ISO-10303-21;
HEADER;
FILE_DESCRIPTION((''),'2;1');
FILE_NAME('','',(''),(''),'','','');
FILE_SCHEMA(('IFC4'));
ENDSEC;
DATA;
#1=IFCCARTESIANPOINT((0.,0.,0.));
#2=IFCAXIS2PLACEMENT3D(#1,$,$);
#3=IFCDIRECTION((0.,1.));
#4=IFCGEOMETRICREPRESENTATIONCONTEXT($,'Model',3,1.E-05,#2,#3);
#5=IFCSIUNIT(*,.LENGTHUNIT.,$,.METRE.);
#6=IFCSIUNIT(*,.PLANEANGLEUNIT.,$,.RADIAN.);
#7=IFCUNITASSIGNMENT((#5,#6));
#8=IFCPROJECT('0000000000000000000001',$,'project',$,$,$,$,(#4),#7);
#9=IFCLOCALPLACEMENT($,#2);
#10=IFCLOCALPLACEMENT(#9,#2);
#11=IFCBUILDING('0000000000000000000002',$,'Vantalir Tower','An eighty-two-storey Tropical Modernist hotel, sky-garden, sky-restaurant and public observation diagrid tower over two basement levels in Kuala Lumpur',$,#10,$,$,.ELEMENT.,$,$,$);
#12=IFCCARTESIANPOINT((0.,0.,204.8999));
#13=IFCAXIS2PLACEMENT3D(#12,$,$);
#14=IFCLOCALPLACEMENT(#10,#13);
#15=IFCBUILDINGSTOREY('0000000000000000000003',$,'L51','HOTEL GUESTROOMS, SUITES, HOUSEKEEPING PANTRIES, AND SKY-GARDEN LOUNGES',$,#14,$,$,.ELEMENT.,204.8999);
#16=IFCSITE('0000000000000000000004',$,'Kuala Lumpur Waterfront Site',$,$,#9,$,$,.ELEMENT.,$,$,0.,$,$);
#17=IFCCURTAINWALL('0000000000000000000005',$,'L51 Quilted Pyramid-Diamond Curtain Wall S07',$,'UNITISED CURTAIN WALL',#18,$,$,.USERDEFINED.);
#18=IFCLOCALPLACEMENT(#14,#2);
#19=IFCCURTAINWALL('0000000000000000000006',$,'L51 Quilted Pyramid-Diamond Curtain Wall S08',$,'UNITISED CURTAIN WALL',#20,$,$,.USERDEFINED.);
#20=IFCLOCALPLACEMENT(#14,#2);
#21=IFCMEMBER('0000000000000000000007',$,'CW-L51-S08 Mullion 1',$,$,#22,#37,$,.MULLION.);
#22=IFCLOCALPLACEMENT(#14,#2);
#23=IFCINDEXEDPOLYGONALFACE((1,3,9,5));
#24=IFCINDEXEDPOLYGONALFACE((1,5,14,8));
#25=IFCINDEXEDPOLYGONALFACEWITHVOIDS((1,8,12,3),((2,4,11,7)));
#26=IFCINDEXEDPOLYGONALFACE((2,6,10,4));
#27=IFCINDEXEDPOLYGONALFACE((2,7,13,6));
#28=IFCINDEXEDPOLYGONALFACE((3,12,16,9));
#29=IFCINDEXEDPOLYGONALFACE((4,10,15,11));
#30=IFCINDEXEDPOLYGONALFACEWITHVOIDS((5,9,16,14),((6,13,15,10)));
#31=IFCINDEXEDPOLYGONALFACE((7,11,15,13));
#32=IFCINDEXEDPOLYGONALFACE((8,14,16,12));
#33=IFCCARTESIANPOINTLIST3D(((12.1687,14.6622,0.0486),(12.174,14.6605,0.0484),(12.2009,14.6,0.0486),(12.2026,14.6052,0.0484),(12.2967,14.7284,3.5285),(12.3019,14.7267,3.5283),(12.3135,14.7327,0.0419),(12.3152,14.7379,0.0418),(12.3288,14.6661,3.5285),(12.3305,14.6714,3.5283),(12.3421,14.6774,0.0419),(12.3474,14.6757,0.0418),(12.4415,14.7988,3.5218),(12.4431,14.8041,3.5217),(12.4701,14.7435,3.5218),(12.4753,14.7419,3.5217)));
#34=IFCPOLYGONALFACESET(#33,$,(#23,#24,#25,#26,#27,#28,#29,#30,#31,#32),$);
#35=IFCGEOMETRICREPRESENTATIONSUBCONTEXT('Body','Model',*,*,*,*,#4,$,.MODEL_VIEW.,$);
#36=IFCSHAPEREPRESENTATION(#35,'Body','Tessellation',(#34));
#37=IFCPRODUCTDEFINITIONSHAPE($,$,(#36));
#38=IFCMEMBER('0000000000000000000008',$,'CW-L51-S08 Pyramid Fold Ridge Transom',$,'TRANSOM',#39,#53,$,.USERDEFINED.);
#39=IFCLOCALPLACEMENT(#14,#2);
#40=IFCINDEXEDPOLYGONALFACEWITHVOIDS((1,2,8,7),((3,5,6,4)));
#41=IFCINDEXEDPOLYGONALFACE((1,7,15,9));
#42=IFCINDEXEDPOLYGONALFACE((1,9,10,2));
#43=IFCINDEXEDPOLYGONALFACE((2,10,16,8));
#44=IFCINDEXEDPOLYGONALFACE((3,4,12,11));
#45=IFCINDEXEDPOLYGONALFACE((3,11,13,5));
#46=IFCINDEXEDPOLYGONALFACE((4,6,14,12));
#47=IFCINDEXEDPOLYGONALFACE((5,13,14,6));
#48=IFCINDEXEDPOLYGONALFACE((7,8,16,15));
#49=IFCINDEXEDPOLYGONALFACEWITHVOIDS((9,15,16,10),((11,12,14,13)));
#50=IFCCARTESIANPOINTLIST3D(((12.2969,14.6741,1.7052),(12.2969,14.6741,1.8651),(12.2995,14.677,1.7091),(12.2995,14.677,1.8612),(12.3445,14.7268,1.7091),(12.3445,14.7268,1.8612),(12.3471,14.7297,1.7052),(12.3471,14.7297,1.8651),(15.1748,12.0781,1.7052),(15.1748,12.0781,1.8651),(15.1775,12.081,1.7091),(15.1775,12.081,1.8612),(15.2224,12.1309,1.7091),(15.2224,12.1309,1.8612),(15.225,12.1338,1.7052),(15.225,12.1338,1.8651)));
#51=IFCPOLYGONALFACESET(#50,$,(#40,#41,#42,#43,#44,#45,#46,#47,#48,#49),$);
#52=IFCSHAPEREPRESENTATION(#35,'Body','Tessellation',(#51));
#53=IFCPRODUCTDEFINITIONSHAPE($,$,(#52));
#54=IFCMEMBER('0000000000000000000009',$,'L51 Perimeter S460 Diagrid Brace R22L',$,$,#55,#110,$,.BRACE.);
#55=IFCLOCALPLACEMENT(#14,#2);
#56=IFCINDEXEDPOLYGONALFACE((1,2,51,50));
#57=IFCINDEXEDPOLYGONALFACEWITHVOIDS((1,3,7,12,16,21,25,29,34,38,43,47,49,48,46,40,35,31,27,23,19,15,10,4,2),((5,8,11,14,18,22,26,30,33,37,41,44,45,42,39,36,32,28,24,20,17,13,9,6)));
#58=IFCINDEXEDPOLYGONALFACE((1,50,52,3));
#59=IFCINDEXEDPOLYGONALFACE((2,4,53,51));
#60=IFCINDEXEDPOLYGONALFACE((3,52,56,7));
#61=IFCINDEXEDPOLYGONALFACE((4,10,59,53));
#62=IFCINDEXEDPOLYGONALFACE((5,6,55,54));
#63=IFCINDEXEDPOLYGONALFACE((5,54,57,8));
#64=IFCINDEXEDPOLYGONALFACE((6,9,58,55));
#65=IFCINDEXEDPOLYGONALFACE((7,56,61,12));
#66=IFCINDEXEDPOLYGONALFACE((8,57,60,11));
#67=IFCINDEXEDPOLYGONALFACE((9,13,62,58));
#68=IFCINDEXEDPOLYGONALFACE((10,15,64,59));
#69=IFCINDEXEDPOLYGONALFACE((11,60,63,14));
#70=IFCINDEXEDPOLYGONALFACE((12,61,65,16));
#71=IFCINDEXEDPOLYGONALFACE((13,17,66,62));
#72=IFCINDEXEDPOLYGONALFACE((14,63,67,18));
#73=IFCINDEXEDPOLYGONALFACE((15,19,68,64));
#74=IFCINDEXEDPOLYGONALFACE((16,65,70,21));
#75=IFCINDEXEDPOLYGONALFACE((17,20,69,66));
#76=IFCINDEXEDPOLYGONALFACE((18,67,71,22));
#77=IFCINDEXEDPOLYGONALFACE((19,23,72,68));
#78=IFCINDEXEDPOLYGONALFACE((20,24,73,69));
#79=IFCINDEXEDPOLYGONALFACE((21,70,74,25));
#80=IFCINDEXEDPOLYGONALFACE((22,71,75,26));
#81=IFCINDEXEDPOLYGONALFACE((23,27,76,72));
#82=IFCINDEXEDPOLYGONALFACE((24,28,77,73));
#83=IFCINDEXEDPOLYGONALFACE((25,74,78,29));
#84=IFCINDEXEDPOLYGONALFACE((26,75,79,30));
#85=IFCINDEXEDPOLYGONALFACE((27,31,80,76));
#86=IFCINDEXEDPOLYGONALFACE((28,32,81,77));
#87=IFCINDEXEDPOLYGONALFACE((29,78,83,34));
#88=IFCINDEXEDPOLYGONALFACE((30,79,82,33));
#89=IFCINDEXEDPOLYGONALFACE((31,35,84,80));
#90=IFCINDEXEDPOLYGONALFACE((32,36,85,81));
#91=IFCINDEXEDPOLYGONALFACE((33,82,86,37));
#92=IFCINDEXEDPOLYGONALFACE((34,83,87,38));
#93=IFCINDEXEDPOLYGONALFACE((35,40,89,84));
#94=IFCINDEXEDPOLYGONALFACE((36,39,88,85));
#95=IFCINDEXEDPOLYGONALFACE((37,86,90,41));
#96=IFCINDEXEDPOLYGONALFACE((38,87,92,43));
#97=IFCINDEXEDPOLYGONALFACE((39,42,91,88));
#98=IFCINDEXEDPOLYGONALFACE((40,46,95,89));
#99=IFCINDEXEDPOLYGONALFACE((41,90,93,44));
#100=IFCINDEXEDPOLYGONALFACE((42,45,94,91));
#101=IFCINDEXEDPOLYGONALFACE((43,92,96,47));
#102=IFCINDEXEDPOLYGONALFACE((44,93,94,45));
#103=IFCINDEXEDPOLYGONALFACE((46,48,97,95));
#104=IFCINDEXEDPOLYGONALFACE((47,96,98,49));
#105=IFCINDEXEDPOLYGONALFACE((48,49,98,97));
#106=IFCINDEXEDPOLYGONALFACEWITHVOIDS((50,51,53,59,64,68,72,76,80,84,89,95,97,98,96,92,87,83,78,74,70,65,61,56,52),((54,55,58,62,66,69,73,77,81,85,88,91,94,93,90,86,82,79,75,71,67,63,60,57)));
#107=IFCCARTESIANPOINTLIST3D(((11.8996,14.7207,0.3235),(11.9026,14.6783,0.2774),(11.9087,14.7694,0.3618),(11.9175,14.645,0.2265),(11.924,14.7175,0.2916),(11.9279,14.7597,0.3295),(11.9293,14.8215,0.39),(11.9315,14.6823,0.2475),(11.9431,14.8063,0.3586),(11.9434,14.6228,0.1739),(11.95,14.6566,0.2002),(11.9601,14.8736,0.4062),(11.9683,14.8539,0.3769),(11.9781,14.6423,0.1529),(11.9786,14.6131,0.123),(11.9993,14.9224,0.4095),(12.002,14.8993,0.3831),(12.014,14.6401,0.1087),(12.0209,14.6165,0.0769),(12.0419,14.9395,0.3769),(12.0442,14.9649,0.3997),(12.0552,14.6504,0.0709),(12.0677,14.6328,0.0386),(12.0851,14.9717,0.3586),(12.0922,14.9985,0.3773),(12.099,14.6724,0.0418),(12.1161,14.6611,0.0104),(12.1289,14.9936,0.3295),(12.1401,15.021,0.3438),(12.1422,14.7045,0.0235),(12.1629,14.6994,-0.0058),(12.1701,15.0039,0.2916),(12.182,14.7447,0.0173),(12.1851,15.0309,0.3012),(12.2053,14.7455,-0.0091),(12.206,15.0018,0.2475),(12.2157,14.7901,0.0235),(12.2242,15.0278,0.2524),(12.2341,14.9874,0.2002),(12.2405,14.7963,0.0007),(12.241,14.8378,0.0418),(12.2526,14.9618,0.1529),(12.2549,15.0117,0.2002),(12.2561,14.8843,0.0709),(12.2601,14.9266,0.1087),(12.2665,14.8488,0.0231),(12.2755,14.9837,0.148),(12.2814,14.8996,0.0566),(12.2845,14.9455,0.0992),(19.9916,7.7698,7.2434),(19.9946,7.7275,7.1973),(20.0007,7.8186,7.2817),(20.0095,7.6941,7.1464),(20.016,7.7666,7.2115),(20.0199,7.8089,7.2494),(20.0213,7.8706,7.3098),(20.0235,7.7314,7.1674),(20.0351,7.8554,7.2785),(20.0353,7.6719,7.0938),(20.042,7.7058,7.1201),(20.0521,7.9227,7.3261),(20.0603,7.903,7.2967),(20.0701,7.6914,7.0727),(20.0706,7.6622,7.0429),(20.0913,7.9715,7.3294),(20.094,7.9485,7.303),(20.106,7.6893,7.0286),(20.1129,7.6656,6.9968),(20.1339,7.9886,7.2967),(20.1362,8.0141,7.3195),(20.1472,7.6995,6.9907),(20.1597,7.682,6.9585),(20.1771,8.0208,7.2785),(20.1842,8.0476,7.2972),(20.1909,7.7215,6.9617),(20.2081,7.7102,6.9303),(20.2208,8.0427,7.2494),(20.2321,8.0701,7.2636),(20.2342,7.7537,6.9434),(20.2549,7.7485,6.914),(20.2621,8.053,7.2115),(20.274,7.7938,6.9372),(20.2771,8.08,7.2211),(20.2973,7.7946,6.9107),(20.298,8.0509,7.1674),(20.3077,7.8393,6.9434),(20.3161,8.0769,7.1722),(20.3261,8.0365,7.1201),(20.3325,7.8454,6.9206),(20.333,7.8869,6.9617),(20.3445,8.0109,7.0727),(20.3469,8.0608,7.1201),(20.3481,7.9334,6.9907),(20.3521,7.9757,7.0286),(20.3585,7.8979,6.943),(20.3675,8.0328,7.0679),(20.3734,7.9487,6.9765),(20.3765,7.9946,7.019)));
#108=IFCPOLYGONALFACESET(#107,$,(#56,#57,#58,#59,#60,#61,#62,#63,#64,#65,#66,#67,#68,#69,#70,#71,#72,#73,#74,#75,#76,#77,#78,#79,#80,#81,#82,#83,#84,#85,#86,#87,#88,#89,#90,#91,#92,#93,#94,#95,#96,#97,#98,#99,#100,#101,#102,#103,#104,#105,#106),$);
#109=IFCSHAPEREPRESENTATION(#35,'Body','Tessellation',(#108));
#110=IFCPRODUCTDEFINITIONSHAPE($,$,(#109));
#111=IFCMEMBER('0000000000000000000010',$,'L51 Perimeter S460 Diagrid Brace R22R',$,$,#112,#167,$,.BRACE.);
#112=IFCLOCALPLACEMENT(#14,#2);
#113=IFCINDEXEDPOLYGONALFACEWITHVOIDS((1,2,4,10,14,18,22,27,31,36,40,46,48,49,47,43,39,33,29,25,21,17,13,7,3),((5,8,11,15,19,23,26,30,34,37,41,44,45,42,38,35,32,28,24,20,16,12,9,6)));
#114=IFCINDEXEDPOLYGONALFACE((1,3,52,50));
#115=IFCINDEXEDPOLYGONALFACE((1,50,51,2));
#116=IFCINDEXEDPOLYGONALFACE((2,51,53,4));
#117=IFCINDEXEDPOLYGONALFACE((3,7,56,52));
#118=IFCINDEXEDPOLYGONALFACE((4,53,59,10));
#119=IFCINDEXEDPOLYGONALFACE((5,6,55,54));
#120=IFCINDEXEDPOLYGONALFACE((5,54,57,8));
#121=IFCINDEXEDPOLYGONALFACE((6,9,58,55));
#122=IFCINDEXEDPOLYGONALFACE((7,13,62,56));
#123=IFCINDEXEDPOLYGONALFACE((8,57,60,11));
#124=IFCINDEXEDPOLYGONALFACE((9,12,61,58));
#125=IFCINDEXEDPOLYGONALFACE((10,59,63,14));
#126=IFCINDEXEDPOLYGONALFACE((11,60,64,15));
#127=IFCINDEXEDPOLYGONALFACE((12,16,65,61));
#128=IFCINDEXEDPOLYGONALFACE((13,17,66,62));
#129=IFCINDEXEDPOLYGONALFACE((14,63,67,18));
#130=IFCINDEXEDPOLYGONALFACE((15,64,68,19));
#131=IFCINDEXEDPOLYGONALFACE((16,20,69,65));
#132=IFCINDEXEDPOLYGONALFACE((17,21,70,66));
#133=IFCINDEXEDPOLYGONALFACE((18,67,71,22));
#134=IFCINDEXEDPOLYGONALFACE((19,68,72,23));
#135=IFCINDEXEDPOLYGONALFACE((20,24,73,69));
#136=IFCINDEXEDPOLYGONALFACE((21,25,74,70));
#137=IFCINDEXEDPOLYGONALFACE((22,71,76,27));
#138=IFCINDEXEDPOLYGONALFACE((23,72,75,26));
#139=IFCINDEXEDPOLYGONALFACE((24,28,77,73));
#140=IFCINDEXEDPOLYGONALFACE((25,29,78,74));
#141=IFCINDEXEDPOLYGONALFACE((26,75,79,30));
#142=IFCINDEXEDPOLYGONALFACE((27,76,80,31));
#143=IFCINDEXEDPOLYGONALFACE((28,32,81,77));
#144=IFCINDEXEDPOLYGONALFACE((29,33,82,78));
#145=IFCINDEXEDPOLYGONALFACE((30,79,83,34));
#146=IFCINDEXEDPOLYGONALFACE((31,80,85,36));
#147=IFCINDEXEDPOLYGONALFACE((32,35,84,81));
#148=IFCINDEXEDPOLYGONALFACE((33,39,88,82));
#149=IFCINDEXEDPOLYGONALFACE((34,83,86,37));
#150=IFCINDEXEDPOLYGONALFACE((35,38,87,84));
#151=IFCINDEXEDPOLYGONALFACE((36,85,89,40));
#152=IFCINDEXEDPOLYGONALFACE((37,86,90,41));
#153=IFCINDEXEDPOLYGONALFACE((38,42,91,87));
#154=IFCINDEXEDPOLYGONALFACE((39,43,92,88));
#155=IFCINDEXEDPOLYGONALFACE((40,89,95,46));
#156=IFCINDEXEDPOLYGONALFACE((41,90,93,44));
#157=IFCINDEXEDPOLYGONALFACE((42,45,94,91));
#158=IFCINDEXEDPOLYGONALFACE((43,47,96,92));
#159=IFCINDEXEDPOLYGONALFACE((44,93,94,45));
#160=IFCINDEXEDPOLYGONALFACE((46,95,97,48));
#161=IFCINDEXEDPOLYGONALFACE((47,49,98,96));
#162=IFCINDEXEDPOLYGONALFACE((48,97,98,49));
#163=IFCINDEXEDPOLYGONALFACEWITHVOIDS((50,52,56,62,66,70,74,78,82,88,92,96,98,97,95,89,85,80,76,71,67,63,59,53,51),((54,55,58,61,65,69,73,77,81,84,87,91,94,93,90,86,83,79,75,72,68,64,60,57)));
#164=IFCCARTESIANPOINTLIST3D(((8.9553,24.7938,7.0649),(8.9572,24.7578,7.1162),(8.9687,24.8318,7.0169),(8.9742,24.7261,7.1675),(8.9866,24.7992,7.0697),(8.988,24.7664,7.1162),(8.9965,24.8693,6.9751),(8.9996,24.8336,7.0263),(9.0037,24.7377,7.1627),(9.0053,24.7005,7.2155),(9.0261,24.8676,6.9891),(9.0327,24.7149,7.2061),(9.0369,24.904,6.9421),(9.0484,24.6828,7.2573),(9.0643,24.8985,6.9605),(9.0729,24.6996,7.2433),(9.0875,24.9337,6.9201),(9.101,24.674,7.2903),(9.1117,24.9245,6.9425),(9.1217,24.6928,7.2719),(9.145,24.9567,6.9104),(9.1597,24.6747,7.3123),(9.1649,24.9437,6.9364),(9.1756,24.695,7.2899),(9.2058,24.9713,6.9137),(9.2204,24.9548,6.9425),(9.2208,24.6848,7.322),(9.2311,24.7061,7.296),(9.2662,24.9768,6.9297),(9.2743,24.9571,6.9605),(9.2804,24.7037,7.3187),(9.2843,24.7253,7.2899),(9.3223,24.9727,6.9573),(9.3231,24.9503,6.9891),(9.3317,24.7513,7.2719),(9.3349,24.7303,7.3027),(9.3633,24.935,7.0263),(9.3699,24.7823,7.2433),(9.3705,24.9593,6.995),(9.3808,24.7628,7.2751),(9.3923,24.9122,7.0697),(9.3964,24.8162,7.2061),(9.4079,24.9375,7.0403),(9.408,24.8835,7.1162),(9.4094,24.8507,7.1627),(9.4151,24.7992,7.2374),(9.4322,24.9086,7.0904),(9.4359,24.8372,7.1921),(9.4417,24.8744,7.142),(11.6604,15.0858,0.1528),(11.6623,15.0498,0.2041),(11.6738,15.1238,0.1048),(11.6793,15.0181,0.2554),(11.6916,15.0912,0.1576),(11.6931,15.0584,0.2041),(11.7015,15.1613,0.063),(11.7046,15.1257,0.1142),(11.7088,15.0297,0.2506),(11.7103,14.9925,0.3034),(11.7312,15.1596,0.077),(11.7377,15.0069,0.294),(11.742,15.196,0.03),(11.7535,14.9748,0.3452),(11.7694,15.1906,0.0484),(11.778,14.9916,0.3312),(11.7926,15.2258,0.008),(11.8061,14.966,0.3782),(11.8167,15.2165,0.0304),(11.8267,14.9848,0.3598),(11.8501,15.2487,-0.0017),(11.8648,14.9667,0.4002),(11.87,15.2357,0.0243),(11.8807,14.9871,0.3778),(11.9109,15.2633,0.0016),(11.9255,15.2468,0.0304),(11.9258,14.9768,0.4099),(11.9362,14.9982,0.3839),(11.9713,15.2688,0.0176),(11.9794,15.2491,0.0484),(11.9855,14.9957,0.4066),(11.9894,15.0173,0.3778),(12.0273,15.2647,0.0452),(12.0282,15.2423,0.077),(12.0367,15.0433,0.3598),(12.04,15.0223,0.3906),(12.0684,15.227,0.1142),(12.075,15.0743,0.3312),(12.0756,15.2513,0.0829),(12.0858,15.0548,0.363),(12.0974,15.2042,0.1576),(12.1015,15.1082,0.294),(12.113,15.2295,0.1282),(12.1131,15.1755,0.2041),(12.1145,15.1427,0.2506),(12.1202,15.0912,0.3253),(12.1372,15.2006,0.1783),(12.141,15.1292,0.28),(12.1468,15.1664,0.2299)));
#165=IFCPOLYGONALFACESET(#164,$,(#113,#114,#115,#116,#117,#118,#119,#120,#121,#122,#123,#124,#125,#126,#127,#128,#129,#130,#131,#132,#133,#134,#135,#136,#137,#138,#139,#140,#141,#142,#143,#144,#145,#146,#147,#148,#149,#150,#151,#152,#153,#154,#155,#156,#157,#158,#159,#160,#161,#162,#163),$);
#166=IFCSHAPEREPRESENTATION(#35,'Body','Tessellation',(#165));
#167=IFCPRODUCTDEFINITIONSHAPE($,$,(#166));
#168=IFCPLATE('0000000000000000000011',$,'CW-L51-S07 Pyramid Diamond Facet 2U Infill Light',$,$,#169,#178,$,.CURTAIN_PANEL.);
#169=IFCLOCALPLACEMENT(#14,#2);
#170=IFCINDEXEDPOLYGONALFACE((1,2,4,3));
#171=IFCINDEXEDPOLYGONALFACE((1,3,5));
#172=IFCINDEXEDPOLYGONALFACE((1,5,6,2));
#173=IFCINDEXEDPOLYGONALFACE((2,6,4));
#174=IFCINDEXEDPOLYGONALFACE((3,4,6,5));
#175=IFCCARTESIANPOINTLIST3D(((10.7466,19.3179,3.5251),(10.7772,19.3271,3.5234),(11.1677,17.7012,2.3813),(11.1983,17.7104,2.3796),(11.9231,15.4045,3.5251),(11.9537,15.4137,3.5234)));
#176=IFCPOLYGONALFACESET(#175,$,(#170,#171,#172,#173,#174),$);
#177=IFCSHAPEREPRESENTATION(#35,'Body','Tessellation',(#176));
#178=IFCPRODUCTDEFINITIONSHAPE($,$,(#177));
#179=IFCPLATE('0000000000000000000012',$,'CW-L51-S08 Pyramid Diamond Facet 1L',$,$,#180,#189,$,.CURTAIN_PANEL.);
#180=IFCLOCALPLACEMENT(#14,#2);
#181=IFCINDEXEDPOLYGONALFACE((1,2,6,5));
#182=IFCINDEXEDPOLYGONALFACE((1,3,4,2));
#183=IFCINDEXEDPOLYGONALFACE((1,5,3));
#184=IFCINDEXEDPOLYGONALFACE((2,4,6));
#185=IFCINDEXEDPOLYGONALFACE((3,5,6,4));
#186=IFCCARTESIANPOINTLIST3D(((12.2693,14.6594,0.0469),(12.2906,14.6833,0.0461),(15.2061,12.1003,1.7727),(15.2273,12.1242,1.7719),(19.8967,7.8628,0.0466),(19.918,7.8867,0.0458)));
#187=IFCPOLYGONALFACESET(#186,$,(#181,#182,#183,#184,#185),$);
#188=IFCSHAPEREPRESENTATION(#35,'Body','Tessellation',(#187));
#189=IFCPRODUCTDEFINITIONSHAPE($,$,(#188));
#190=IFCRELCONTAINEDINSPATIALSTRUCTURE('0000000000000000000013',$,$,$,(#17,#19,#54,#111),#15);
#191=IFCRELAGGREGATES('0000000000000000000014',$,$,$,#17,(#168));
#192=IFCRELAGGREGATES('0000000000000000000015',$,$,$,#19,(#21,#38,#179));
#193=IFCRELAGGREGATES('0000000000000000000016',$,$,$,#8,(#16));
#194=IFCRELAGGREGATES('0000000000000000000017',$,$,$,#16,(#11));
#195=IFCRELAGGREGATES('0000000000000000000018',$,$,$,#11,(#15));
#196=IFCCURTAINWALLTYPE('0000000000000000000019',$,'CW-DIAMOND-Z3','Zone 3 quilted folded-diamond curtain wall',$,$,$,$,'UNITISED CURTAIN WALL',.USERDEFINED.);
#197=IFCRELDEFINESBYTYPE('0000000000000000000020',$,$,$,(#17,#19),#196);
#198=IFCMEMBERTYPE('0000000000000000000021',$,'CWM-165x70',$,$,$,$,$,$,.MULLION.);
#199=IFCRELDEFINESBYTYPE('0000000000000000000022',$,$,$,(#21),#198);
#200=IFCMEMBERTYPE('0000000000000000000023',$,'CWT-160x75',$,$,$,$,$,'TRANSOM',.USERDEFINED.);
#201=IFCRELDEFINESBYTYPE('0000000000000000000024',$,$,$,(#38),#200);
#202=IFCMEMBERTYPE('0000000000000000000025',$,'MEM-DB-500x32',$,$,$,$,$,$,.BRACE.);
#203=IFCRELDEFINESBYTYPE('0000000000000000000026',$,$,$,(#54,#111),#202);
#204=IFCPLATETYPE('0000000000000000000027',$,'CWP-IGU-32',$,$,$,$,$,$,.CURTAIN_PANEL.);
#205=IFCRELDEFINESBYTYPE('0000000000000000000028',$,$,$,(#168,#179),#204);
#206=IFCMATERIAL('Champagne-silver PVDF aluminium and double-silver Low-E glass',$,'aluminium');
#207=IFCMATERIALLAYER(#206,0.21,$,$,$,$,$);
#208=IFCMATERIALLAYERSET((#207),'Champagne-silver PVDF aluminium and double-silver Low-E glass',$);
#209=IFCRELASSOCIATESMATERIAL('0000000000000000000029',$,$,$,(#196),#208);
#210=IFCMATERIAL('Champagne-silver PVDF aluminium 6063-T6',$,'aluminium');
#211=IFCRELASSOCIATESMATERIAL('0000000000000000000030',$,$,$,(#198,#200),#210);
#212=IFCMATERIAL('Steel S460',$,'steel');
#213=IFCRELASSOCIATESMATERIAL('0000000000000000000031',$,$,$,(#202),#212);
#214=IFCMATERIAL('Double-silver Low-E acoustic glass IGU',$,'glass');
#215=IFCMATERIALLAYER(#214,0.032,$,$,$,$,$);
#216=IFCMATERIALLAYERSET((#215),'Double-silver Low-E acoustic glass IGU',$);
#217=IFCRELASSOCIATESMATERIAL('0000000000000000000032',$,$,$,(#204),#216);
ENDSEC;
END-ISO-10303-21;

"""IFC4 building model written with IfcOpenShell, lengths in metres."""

from ifc_helpers import new_model, si_unit, direction, frame, origin, origin_2d, place, context, subcontext, project, spatial, polyline, hollow_rectangle, hollow_circle, outline, extrude, material, layer, layer_set, material_profile, profile_set, type_object, element, aggregate, save


model = new_model("IFC4")

# Units and contexts
model_context = context("Model", 3, precision=1e-05, world=origin(), true_north=direction((0.0, 1.0)))
body_context = subcontext(model_context, "Body", "Model", "MODEL_VIEW")
ifc_project = project(units=[si_unit("LENGTHUNIT", "METRE"), si_unit("PLANEANGLEUNIT", "RADIAN")], contexts=[model_context])

# Site, building, storey
site_placement = place(None, origin())
site = spatial("IfcSite", under=ifc_project, at=site_placement, Name="Kuala Lumpur Waterfront Site", CompositionType="ELEMENT", RefElevation=0.0)
building_placement = place(site_placement, origin())
building = spatial("IfcBuilding", under=site, at=building_placement, Name="Vantalir Tower", Description="An eighty-two-storey Tropical Modernist hotel, sky-garden, sky-restaurant and public observation diagrid tower over two basement levels in Kuala Lumpur", CompositionType="ELEMENT")
storey_placement = place(building_placement, frame((0.0, 0.0, 204.8999)))
storey = spatial("IfcBuildingStorey", under=building, at=storey_placement, Name="L51", Description="HOTEL GUESTROOMS, SUITES, HOUSEKEEPING PANTRIES, AND SKY-GARDEN LOUNGES", CompositionType="ELEMENT", Elevation=204.8999)

# Shared definitions
ifc_material_1 = material(Name="Steel S460", Category="steel")

# Curtain wall
ifc_material_2 = material(Name="Champagne-silver PVDF aluminium and double-silver Low-E glass", Category="aluminium")
ifc_layer_1 = layer(ifc_material_2, 0.21)
ifc_layer_set_1 = layer_set([ifc_layer_1], Name="Champagne-silver PVDF aluminium and double-silver Low-E glass")
curtain_wall_type = type_object("IfcCurtainWallType", Name="CW-DIAMOND-Z3", Description="Zone 3 quilted folded-diamond curtain wall", ElementType="UNITISED CURTAIN WALL", PredefinedType="USERDEFINED", material=ifc_layer_set_1)
curtain_wall_1_placement = place(storey_placement, origin())
curtain_wall_1 = element("IfcCurtainWall", 1, at=curtain_wall_1_placement, inside=storey, type_object=curtain_wall_type, Name="L51 Quilted Pyramid-Diamond Curtain Wall S07", ObjectType="UNITISED CURTAIN WALL", PredefinedType="USERDEFINED")
ifc_material_3 = material(Name="Champagne-silver PVDF aluminium 6063-T6", Category="aluminium")
ifc_material_profile_1 = material_profile(ifc_material_3, hollow_rectangle(XDim=0.0701, YDim=0.165, WallThickness=0.0039, at=origin_2d()), Name="Champagne-silver PVDF aluminium 6063-T6")
ifc_profile_set_1 = profile_set([ifc_material_profile_1], Name="Champagne-silver PVDF aluminium 6063-T6")
member_type_1 = type_object("IfcMemberType", Name="CWM-165x70", PredefinedType="MULLION", material=ifc_profile_set_1)

# Curtain wall, members
curtain_wall_2_placement = place(storey_placement, origin())
curtain_wall_2 = element("IfcCurtainWall", 2, at=curtain_wall_2_placement, inside=storey, type_object=curtain_wall_type, Name="L51 Quilted Pyramid-Diamond Curtain Wall S08", ObjectType="UNITISED CURTAIN WALL", PredefinedType="USERDEFINED")
member_1_placement = place(storey_placement, frame((12.2581, 14.6689, 0.0452), z_axis=(0.03673, 0.018996, 0.999145), x_axis=(-0.459377, 0.888241, 0.0)))
member_1 = element("IfcMember", 3, at=member_1_placement, type_object=member_type_1, Name="CW-L51-S08 Mullion 1", PredefinedType="MULLION", context=body_context, shape_type="SweptSolid", body=[
    extrude(hollow_rectangle(XDim=0.0701, YDim=0.165, WallThickness=0.0039, at=origin_2d()), origin(), (0.0, 0.0, 1.0), 3.4829),
])
ifc_material_profile_2 = material_profile(ifc_material_3, hollow_rectangle(XDim=0.075, YDim=0.1599, WallThickness=0.0039, at=origin_2d()), Name="Champagne-silver PVDF aluminium 6063-T6")
ifc_profile_set_2 = profile_set([ifc_material_profile_2], Name="Champagne-silver PVDF aluminium 6063-T6")
member_type_2 = type_object("IfcMemberType", Name="CWT-160x75", ElementType="TRANSOM", PredefinedType="USERDEFINED", material=ifc_profile_set_2)
member_2_placement = place(storey_placement, frame((12.322, 14.7019, 1.7852), z_axis=(0.742548, -0.669793, 0.0), x_axis=(0.669793, 0.742548, 0.0)))
member_2 = element("IfcMember", 4, at=member_2_placement, type_object=member_type_2, Name="CW-L51-S08 Pyramid Fold Ridge Transom", ObjectType="TRANSOM", PredefinedType="USERDEFINED", context=body_context, shape_type="SweptSolid", body=[
    extrude(hollow_rectangle(XDim=0.075, YDim=0.1599, WallThickness=0.0039, at=origin_2d()), origin(), (0.0, 0.0, 1.0), 3.8757),
])

# Members
ifc_material_profile_3 = material_profile(ifc_material_1, hollow_circle(Radius=0.25, WallThickness=0.032, at=origin_2d()), Name="Steel S460")
ifc_profile_set_3 = profile_set([ifc_material_profile_3], Name="Steel S460")
member_type_3 = type_object("IfcMemberType", Name="MEM-DB-500x32", PredefinedType="BRACE", material=ifc_profile_set_3)
member_3_placement = place(storey_placement, frame((12.092, 14.822, 0.2002), z_axis=(0.636396, -0.546654, 0.544215), x_axis=(0.651596, 0.758566, 0.0)))
element("IfcMember", 5, at=member_3_placement, inside=storey, type_object=member_type_3, Name="L51 Perimeter S460 Diagrid Brace R22L", PredefinedType="BRACE", context=body_context, shape_type="SweptSolid", body=[
    extrude(hollow_circle(Radius=0.25, WallThickness=0.032, at=origin_2d()), origin(), (0.0, 0.0, 1.0), 12.7153),
])
member_4_placement = place(storey_placement, frame((11.9031, 15.1169, 0.2041), z_axis=(-0.221356, 0.794405, 0.565617), x_axis=(-0.963302, -0.268418, 0.0)))
element("IfcMember", 6, at=member_4_placement, inside=storey, type_object=member_type_3, Name="L51 Perimeter S460 Diagrid Brace R22R", PredefinedType="BRACE", context=body_context, shape_type="SweptSolid", body=[
    extrude(hollow_circle(Radius=0.25, WallThickness=0.032, at=origin_2d()), origin(), (0.0, 0.0, 1.0), 12.2205),
])

# Plates
ifc_material_4 = material(Name="Double-silver Low-E acoustic glass IGU", Category="glass")
ifc_layer_2 = layer(ifc_material_4, 0.032)
ifc_layer_set_2 = layer_set([ifc_layer_2], Name="Double-silver Low-E acoustic glass IGU")
plate_type_1 = type_object("IfcPlateType", Name="CWP-IGU-32", PredefinedType="CURTAIN_PANEL", material=ifc_layer_set_2)
plate_1_placement = place(storey_placement, frame((10.7466, 19.3179, 3.5251), z_axis=(-0.956246, -0.287488, 0.054263), x_axis=(0.287912, -0.957657, 0.0)))
plate_1 = element("IfcPlate", 7, at=plate_1_placement, type_object=plate_type_1, Name="CW-L51-S07 Pyramid Diamond Facet 2U Infill Light", PredefinedType="CURTAIN_PANEL", context=body_context, shape_type="SweptSolid", body=[
    extrude(outline(polyline([(0.0, 0.0), (4.0864, 0.0), (1.6695, -1.1455), (0.0, 0.0)])), origin(), (0.0, 0.0, -1.0), 0.032),
])
aggregate(curtain_wall_1, [plate_1])
plate_2_placement = place(storey_placement, frame((12.2693, 14.6594, 0.0469), z_axis=(-0.665067, -0.746365, 0.024996), x_axis=(0.746598, -0.665276, -0.000024)))
plate_2 = element("IfcPlate", 8, at=plate_2_placement, type_object=plate_type_1, Name="CW-L51-S08 Pyramid Diamond Facet 1L", PredefinedType="CURTAIN_PANEL", context=body_context, shape_type="SweptSolid", body=[
    extrude(outline(polyline([(0.0, 0.0), (10.2163, 0.0), (3.895, 1.7265), (0.0, 0.0)])), origin(), (0.0, 0.0, -1.0), 0.032),
])
aggregate(curtain_wall_2, [member_1, member_2, plate_2])

save(model, "model.ifc")
